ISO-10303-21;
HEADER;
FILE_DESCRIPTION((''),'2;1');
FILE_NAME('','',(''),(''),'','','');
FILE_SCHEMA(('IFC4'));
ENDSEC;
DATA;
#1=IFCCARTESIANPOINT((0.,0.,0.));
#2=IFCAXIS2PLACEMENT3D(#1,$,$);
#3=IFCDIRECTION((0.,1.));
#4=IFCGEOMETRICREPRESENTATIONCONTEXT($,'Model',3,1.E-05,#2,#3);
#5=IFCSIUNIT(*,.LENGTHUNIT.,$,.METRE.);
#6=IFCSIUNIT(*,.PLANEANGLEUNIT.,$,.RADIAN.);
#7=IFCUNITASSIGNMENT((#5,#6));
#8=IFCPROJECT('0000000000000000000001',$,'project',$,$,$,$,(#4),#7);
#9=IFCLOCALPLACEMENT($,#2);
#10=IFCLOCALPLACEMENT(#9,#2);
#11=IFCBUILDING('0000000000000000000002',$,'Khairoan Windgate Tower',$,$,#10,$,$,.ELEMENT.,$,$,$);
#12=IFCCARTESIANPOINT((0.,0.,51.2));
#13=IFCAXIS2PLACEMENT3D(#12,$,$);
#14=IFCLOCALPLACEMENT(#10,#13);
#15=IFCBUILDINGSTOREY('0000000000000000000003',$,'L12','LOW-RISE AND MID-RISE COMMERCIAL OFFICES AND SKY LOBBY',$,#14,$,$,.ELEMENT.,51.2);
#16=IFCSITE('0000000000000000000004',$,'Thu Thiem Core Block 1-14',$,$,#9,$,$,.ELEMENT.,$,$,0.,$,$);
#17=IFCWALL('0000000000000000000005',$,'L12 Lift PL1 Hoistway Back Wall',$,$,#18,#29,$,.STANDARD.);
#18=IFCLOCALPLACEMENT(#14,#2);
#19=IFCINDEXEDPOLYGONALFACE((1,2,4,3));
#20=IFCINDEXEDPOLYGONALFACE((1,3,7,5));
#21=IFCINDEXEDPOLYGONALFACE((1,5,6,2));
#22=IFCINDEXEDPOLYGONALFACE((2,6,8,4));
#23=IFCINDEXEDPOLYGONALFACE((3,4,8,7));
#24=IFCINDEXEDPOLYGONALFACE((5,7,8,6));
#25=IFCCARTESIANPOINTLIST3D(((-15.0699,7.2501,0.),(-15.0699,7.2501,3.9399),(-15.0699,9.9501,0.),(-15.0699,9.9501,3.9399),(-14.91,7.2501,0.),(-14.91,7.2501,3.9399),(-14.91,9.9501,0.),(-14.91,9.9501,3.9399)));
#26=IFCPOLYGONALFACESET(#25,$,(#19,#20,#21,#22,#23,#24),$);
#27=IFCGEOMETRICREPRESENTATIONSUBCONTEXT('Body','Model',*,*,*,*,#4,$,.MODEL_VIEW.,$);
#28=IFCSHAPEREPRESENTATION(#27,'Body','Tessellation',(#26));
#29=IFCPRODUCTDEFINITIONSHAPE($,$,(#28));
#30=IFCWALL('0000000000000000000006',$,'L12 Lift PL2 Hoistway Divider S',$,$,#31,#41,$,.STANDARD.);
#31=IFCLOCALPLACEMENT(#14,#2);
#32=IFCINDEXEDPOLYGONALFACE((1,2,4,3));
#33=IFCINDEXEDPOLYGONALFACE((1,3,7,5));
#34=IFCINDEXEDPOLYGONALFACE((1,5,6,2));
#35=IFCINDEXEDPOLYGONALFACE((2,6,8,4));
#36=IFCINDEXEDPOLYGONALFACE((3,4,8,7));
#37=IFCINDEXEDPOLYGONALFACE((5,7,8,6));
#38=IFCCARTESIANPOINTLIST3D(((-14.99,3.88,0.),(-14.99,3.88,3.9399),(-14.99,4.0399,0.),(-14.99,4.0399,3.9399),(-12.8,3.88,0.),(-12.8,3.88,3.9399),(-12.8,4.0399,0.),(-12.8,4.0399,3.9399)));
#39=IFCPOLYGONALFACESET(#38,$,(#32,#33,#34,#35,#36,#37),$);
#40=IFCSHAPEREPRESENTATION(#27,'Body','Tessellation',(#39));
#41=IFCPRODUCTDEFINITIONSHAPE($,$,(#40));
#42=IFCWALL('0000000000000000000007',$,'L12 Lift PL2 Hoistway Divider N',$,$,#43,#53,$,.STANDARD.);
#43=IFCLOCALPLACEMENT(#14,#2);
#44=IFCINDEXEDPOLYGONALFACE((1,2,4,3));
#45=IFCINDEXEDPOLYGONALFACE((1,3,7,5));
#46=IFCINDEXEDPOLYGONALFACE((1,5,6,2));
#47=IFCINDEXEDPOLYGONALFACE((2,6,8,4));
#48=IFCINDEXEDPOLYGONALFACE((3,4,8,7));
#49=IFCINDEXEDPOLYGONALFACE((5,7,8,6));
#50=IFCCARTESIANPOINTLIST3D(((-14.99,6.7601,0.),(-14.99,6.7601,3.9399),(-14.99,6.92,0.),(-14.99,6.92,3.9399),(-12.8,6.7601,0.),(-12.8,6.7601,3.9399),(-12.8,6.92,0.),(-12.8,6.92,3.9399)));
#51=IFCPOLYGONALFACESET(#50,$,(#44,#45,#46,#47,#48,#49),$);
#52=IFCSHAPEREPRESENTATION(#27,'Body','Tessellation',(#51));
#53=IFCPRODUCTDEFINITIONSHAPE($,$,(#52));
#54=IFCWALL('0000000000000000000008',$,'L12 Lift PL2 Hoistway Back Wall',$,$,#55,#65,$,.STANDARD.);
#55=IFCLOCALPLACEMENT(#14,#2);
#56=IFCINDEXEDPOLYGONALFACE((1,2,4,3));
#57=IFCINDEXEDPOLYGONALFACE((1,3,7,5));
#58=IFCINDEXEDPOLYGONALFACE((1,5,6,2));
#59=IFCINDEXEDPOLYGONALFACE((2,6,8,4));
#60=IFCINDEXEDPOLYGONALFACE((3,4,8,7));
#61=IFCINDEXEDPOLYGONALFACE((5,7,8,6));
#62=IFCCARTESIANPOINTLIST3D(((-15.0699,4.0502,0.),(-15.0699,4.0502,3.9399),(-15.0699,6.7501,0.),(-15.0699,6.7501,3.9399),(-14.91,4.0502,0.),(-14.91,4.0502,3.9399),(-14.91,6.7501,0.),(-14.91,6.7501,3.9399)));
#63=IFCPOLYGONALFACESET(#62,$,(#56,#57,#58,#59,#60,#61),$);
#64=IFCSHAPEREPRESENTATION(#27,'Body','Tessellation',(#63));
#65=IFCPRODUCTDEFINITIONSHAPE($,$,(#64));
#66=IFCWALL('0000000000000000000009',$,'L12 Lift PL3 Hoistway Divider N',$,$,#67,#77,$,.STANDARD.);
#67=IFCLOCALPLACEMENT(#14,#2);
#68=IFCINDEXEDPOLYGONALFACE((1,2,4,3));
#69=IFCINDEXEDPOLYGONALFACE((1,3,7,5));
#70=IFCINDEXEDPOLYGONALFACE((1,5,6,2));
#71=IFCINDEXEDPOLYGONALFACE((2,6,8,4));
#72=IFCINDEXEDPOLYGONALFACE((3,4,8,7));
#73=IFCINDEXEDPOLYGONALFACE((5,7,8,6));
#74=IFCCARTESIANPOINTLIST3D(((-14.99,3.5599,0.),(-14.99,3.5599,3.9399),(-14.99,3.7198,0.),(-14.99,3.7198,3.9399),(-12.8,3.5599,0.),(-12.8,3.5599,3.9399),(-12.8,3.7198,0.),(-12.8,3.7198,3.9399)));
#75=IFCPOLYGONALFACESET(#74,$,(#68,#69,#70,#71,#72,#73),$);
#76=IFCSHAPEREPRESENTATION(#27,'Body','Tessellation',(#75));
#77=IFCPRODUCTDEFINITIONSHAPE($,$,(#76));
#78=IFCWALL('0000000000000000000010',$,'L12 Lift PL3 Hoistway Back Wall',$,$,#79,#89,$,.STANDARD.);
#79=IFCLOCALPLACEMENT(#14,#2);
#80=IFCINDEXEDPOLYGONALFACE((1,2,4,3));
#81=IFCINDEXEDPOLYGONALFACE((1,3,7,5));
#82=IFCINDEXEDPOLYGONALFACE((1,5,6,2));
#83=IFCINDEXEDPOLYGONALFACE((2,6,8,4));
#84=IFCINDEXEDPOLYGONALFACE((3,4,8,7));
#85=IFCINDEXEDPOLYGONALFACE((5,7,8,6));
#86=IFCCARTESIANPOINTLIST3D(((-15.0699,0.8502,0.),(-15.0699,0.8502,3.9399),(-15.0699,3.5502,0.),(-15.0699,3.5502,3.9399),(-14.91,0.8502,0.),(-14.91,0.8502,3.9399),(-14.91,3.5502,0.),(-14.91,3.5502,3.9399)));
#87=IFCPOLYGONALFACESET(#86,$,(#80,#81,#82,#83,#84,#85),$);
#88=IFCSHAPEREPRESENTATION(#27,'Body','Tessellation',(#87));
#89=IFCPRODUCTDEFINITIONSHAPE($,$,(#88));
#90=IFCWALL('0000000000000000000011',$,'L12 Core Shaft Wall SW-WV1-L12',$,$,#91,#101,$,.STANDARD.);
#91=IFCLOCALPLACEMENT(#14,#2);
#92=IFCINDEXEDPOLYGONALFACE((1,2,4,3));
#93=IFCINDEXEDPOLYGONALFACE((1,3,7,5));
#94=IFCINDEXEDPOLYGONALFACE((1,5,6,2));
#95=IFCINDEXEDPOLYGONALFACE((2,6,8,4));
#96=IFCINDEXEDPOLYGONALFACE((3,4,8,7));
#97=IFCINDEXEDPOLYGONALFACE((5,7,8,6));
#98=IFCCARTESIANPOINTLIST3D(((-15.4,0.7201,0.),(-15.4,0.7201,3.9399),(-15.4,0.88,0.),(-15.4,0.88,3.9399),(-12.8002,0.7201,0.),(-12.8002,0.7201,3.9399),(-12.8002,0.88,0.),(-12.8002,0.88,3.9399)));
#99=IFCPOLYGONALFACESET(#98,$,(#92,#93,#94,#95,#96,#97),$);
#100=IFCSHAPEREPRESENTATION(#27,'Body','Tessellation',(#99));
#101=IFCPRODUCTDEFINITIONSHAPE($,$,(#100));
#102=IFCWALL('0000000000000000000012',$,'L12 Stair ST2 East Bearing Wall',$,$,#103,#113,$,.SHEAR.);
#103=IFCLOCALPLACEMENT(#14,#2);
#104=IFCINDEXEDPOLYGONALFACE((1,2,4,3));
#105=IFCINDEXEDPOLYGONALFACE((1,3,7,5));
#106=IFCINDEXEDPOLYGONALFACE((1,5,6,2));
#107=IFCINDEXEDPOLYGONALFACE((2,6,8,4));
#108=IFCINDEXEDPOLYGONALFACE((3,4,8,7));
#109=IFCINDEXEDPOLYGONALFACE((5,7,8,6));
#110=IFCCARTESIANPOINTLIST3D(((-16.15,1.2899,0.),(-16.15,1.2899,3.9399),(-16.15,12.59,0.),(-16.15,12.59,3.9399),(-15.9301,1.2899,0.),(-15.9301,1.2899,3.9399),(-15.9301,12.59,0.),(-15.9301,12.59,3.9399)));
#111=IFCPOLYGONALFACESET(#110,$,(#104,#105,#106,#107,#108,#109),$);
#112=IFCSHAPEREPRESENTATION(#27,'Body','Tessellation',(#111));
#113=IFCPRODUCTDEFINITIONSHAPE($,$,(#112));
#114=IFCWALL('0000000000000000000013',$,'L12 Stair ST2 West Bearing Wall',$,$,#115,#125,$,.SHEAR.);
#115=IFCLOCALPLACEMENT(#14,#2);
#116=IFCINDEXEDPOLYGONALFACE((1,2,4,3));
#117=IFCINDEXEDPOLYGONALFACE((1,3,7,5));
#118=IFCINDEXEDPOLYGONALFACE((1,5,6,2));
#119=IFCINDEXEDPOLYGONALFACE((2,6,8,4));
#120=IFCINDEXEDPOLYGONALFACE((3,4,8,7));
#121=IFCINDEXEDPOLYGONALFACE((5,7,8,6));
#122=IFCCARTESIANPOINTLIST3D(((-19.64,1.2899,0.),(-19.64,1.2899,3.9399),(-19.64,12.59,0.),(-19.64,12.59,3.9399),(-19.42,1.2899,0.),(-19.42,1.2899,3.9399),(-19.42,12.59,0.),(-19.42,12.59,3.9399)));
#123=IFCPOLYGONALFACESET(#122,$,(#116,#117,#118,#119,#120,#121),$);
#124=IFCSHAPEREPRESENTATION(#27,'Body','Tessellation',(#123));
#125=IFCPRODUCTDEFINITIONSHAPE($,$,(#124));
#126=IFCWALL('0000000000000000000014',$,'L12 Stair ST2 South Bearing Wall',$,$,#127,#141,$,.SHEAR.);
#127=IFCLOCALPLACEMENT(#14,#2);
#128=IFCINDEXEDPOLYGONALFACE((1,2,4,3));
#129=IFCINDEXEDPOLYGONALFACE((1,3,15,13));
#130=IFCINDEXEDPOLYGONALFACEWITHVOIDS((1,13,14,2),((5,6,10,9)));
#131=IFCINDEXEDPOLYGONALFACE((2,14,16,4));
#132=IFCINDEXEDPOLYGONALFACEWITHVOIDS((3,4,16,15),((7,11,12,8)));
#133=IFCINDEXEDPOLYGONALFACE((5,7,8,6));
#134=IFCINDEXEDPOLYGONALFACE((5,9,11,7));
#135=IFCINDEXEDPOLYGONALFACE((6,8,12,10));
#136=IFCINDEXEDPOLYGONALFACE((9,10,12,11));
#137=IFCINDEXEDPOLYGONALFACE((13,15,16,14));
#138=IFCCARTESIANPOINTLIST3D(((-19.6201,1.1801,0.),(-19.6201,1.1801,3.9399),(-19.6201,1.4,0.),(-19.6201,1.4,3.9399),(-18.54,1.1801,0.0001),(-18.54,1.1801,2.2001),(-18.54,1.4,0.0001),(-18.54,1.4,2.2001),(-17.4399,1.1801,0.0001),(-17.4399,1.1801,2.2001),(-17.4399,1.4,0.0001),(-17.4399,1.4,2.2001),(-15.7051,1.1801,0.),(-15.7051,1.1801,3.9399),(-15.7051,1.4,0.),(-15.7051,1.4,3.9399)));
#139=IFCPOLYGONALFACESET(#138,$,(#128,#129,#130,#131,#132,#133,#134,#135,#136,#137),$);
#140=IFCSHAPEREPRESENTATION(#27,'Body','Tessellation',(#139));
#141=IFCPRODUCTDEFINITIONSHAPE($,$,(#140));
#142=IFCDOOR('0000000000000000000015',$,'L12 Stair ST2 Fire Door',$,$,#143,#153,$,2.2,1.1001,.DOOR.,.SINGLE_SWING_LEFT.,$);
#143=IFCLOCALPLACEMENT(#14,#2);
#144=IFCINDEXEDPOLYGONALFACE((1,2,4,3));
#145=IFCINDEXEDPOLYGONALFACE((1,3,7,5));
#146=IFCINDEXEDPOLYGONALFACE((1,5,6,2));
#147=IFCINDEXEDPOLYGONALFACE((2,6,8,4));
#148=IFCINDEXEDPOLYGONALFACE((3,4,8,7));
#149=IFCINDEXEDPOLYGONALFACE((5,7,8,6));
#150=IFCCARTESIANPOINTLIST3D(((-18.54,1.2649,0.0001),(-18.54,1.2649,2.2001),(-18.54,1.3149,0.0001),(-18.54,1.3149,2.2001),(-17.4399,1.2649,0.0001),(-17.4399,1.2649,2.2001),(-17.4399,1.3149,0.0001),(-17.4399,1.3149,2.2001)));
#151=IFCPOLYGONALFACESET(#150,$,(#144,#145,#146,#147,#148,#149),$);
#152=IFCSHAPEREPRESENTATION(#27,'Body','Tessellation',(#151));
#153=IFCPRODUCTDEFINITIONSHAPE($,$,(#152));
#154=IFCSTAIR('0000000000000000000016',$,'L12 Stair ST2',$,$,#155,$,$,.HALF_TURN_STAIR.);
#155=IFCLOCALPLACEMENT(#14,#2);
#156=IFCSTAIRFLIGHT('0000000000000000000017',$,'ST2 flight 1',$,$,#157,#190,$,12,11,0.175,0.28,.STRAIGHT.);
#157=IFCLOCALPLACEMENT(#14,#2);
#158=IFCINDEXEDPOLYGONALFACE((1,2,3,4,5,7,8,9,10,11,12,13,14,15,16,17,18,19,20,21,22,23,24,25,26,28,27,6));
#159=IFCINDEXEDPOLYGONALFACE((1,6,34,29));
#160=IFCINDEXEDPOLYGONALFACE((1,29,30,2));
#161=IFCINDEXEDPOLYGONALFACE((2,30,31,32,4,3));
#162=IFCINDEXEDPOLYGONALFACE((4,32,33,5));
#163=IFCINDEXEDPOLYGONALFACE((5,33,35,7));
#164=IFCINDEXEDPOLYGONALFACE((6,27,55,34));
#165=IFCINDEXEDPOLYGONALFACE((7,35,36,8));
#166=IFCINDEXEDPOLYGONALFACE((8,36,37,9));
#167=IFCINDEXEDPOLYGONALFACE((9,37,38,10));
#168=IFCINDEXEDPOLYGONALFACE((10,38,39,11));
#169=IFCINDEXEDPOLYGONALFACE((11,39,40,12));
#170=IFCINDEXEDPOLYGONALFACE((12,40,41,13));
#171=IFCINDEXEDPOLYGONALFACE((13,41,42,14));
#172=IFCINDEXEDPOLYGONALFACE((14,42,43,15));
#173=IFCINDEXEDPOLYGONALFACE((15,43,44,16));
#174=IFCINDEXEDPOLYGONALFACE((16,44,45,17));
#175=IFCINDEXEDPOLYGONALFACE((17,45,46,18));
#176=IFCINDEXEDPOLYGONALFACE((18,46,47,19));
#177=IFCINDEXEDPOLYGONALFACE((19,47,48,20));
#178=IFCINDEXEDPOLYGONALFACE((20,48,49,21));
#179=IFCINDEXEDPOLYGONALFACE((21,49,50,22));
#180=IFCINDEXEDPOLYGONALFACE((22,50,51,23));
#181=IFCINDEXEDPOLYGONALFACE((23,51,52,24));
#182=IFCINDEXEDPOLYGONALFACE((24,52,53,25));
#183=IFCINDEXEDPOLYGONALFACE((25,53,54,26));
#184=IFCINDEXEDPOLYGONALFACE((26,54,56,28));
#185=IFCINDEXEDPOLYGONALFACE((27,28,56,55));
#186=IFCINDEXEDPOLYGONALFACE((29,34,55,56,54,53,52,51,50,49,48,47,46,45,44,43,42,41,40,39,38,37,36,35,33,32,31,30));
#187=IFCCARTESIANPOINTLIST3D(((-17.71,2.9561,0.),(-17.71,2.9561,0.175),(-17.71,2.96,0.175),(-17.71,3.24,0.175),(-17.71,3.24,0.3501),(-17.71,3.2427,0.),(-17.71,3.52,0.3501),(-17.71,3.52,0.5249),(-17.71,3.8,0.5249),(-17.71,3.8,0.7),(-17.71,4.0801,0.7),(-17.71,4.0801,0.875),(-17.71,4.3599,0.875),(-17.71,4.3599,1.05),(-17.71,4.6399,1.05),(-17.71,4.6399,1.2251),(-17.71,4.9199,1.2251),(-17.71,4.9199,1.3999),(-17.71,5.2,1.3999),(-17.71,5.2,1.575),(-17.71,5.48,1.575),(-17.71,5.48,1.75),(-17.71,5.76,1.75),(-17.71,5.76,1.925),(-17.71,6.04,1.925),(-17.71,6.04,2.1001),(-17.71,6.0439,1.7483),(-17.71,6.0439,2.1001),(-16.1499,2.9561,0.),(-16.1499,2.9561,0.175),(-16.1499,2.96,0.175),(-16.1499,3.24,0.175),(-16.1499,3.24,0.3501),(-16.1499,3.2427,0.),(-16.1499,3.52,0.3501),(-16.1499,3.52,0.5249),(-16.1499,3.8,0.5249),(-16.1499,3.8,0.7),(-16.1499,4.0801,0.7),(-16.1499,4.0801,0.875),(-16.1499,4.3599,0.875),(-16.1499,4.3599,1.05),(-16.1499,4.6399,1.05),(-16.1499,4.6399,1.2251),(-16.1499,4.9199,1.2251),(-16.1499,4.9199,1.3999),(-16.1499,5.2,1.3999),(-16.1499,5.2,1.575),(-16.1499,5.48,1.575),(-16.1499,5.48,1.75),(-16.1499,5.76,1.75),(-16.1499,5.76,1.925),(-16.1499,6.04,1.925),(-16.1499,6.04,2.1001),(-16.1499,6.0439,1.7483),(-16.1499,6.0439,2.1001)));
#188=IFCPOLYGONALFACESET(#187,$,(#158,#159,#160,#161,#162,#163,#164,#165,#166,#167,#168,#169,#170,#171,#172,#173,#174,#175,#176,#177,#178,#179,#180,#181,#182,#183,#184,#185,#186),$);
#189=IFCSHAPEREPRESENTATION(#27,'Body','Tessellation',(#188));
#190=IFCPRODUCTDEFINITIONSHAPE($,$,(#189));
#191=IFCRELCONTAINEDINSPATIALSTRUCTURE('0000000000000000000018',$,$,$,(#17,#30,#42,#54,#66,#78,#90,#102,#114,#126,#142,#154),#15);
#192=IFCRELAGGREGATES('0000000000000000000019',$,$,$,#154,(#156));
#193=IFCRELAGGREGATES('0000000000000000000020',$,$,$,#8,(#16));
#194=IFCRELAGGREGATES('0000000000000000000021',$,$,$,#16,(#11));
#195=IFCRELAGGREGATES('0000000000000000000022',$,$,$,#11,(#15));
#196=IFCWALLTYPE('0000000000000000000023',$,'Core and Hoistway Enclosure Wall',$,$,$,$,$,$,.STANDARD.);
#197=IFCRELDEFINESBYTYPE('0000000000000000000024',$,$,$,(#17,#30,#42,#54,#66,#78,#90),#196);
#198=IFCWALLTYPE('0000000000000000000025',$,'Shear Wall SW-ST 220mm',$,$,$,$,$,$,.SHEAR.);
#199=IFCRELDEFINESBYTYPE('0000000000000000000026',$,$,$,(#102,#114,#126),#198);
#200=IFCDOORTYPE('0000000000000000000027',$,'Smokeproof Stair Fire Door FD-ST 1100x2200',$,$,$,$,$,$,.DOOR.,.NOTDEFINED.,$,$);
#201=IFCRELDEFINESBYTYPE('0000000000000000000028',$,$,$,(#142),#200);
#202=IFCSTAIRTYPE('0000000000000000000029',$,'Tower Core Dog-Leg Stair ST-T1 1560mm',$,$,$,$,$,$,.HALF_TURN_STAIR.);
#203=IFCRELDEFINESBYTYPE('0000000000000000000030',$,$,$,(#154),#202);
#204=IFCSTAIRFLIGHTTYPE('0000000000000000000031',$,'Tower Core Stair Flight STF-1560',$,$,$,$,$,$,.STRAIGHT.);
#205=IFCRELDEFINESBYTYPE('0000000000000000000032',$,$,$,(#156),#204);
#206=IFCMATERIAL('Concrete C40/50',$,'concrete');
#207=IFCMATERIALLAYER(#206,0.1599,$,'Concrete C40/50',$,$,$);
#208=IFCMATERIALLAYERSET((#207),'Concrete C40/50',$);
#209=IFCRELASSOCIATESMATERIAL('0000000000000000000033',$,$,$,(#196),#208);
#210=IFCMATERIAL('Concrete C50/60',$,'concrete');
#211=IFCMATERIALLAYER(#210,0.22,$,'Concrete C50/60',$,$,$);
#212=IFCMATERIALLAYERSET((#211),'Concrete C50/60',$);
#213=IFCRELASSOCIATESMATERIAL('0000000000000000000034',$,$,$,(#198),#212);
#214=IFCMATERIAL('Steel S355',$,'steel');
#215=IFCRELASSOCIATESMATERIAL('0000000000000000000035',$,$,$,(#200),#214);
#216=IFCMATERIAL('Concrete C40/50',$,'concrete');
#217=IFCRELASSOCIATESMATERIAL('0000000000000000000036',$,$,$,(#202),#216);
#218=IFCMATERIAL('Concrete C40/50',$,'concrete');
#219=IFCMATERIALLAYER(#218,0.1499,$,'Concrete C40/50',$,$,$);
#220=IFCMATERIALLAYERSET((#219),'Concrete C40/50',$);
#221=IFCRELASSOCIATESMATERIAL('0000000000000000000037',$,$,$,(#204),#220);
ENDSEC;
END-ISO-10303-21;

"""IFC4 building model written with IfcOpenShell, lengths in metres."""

from ifc_helpers import new_model, si_unit, direction, frame, frame_2d, origin, place, context, subcontext, project, spatial, polyline, rectangle, outline, extrude, material, layer, layer_set, type_object, element, fill, aggregate, save


model = new_model("IFC4")

# Units and contexts
model_context = context("Model", 3, precision=1e-05, world=origin(), true_north=direction((0.0, 1.0)))
body_context = subcontext(model_context, "Body", "Model", "MODEL_VIEW")
ifc_project = project(units=[si_unit("LENGTHUNIT", "METRE"), si_unit("PLANEANGLEUNIT", "RADIAN")], contexts=[model_context])

# Site, building, storey
site_placement = place(None, origin())
site = spatial("IfcSite", under=ifc_project, at=site_placement, Name="Thu Thiem Core Block 1-14", CompositionType="ELEMENT", RefElevation=0.0)
building_placement = place(site_placement, origin())
building = spatial("IfcBuilding", under=site, at=building_placement, Name="Khairoan Windgate Tower", CompositionType="ELEMENT")
storey_placement = place(building_placement, frame((0.0, 0.0, 51.2)))
storey = spatial("IfcBuildingStorey", under=building, at=storey_placement, Name="L12", Description="LOW-RISE AND MID-RISE COMMERCIAL OFFICES AND SKY LOBBY", CompositionType="ELEMENT", Elevation=51.2)

# Walls
ifc_material_1 = material(Name="Concrete C40/50", Category="concrete")
ifc_layer_1 = layer(ifc_material_1, 0.1599, Name="Concrete C40/50")
ifc_layer_set_1 = layer_set([ifc_layer_1], Name="Concrete C40/50")
wall_type_1 = type_object("IfcWallType", Name="Core and Hoistway Enclosure Wall", PredefinedType="STANDARD", material=ifc_layer_set_1)
wall_1_placement = place(storey_placement, frame((-14.99, 7.25, 0.0), z_axis=(0.0, 0.0, 1.0), x_axis=(0.0, 1.0, 0.0)))
element("IfcWall", 1, at=wall_1_placement, inside=storey, type_object=wall_type_1, Name="L12 Lift PL1 Hoistway Back Wall", PredefinedType="STANDARD", context=body_context, shape_type="SweptSolid", body=[
    extrude(rectangle(XDim=2.7, YDim=0.1599, at=frame_2d((1.3501, 0.0))), origin(), (0.0, 0.0, 1.0), 3.9399),
])
for number, where, z_axis, x_axis, name in (
    (2, (-14.99, 3.96, 0.0), (0.0, 0.0, 1.0), (1.0, 0.0, 0.0), "L12 Lift PL2 Hoistway Divider S"),
    (3, (-14.99, 6.8401, 0.0), (0.0, 0.0, 1.0), (1.0, 0.0, 0.0), "L12 Lift PL2 Hoistway Divider N"),
):
    element("IfcWall", number, at=place(storey_placement, frame(where, z_axis=z_axis, x_axis=x_axis)), inside=storey, type_object=wall_type_1, Name=name, PredefinedType="STANDARD", context=body_context, shape_type="SweptSolid", body=[
        extrude(rectangle(XDim=2.1899, YDim=0.1599, at=frame_2d((1.095, 0.0))), origin(), (0.0, 0.0, 1.0), 3.9399),
    ])
wall_2_placement = place(storey_placement, frame((-14.99, 4.05, 0.0), z_axis=(0.0, 0.0, 1.0), x_axis=(0.0, 1.0, 0.0)))
element("IfcWall", 4, at=wall_2_placement, inside=storey, type_object=wall_type_1, Name="L12 Lift PL2 Hoistway Back Wall", PredefinedType="STANDARD", context=body_context, shape_type="SweptSolid", body=[
    extrude(rectangle(XDim=2.7, YDim=0.1599, at=frame_2d((1.3501, 0.0))), origin(), (0.0, 0.0, 1.0), 3.9399),
])
wall_3_placement = place(storey_placement, frame((-14.99, 3.6399, 0.0), z_axis=(0.0, 0.0, 1.0), x_axis=(1.0, 0.0, 0.0)))
element("IfcWall", 5, at=wall_3_placement, inside=storey, type_object=wall_type_1, Name="L12 Lift PL3 Hoistway Divider N", PredefinedType="STANDARD", context=body_context, shape_type="SweptSolid", body=[
    extrude(rectangle(XDim=2.1899, YDim=0.1599, at=frame_2d((1.095, 0.0))), origin(), (0.0, 0.0, 1.0), 3.9399),
])
wall_4_placement = place(storey_placement, frame((-14.99, 0.8501, 0.0), z_axis=(0.0, 0.0, 1.0), x_axis=(0.0, 1.0, 0.0)))
element("IfcWall", 6, at=wall_4_placement, inside=storey, type_object=wall_type_1, Name="L12 Lift PL3 Hoistway Back Wall", PredefinedType="STANDARD", context=body_context, shape_type="SweptSolid", body=[
    extrude(rectangle(XDim=2.7, YDim=0.1599, at=frame_2d((1.3501, 0.0))), origin(), (0.0, 0.0, 1.0), 3.9399),
])
wall_5_placement = place(storey_placement, frame((-15.3999, 0.8, 0.0), z_axis=(0.0, 0.0, 1.0), x_axis=(1.0, 0.0, 0.0)))
element("IfcWall", 7, at=wall_5_placement, inside=storey, type_object=wall_type_1, Name="L12 Core Shaft Wall SW-WV1-L12", PredefinedType="STANDARD", context=body_context, shape_type="SweptSolid", body=[
    extrude(rectangle(XDim=2.5999, YDim=0.1599, at=frame_2d((1.2998, 0.0))), origin(), (0.0, 0.0, 1.0), 3.9399),
])
ifc_material_2 = material(Name="Concrete C50/60", Category="concrete")
ifc_layer_2 = layer(ifc_material_2, 0.22, Name="Concrete C50/60")
ifc_layer_set_2 = layer_set([ifc_layer_2], Name="Concrete C50/60")
wall_type_2 = type_object("IfcWallType", Name="Shear Wall SW-ST 220mm", PredefinedType="SHEAR", material=ifc_layer_set_2)
for number, where, z_axis, x_axis, name in (
    (8, (-16.04, 1.29, 0.0), (0.0, 0.0, 1.0), (0.0, 1.0, 0.0), "L12 Stair ST2 East Bearing Wall"),
    (9, (-19.53, 1.29, 0.0), (0.0, 0.0, 1.0), (0.0, 1.0, 0.0), "L12 Stair ST2 West Bearing Wall"),
):
    element("IfcWall", number, at=place(storey_placement, frame(where, z_axis=z_axis, x_axis=x_axis)), inside=storey, type_object=wall_type_2, Name=name, PredefinedType="SHEAR", context=body_context, shape_type="SweptSolid", body=[
        extrude(rectangle(XDim=11.3, YDim=0.22, at=frame_2d((5.6499, 0.0))), origin(), (0.0, 0.0, 1.0), 3.9399),
    ])

# Wall, opening, door
wall_6_placement = place(storey_placement, frame((-19.6201, 1.29, 0.0), z_axis=(0.0, 0.0, 1.0), x_axis=(1.0, 0.0, 0.0)))
wall_6 = element("IfcWall", 10, at=wall_6_placement, inside=storey, type_object=wall_type_2, Name="L12 Stair ST2 South Bearing Wall", PredefinedType="SHEAR", context=body_context, shape_type="SweptSolid", body=[
    extrude(rectangle(XDim=3.915, YDim=0.22, at=frame_2d((1.9575, 0.0))), origin(), (0.0, 0.0, 1.0), 3.9399),
])
opening_placement = place(wall_6_placement, frame((1.0801, 0.0, 0.0)))
opening = element("IfcOpeningElement", 11, at=opening_placement, cuts=wall_6, PredefinedType="OPENING", context=body_context, shape_type="SweptSolid", body=[
    extrude(rectangle(XDim=1.1001, YDim=2.2, at=frame_2d((0.55, 1.1001))), frame((0.0, 0.1199, 0.0), z_axis=(0.0, -1.0, 0.0), x_axis=(1.0, 0.0, 0.0)), (0.0, 0.0, 1.0), 0.24),
])
ifc_material_3 = material(Name="Steel S355", Category="steel")
door_type = type_object("IfcDoorType", Name="Smokeproof Stair Fire Door FD-ST 1100x2200", OperationType="NOTDEFINED", PredefinedType="DOOR", material=ifc_material_3)
door_placement = place(opening_placement, origin())
door = element("IfcDoor", 12, at=door_placement, inside=storey, type_object=door_type, Name="L12 Stair ST2 Fire Door", OperationType="SINGLE_SWING_LEFT", OverallHeight=2.2, OverallWidth=1.1001, PredefinedType="DOOR", context=body_context, shape_type="SweptSolid", body=[
    extrude(rectangle(XDim=1.1001, YDim=2.2, at=frame_2d((0.55, 1.1001))), frame((0.0, 0.0249, 0.0), z_axis=(0.0, -1.0, 0.0), x_axis=(1.0, 0.0, 0.0)), (0.0, 0.0, 1.0), 0.05),
])
fill(opening, door)

# Stair, stair flight
ifc_material_4 = material(Name="Concrete C40/50", Category="concrete")
stair_type = type_object("IfcStairType", Name="Tower Core Dog-Leg Stair ST-T1 1560mm", PredefinedType="HALF_TURN_STAIR", material=ifc_material_4)
stair_placement = place(storey_placement, origin())
stair = element("IfcStair", 13, at=stair_placement, inside=storey, type_object=stair_type, Name="L12 Stair ST2", PredefinedType="HALF_TURN_STAIR")
ifc_material_5 = material(Name="Concrete C40/50", Category="concrete")
ifc_layer_3 = layer(ifc_material_5, 0.1499, Name="Concrete C40/50")
ifc_layer_set_3 = layer_set([ifc_layer_3], Name="Concrete C40/50")
stair_flight_type = type_object("IfcStairFlightType", Name="Tower Core Stair Flight STF-1560", PredefinedType="STRAIGHT", material=ifc_layer_set_3)
stair_flight_1_placement = place(storey_placement, frame((-16.9299, 2.96, 0.0), z_axis=(0.0, 0.0, 1.0), x_axis=(0.0, 1.0, 0.0)))
stair_flight_1 = element("IfcStairFlight", 14, at=stair_flight_1_placement, type_object=stair_flight_type, Name="ST2 flight 1", NumberOfRisers=12, NumberOfTreads=11, PredefinedType="STRAIGHT", RiserHeight=0.175, TreadLength=0.28, context=body_context, shape_type="SweptSolid", body=[
    extrude(outline(polyline([(-0.0039, 0.0), (-0.0039, 0.175), (0.0, 0.175), (0.28, 0.175), (0.28, 0.3501), (0.5601, 0.3501), (0.5601, 0.5249), (0.8401, 0.5249), (0.8401, 0.7), (1.1201, 0.7), (1.1201, 0.875), (1.3999, 0.875), (1.3999, 1.05), (1.6799, 1.05), (1.6799, 1.2251), (1.96, 1.2251), (1.96, 1.3999), (2.24, 1.3999), (2.24, 1.575), (2.52, 1.575), (2.52, 1.75), (2.8, 1.75), (2.8, 1.925), (3.0801, 1.925), (3.0801, 2.1001), (3.084, 2.1001), (3.084, 1.7483), (0.2827, 0.0), (-0.0039, 0.0)])), frame((0.0, 0.78, 0.0), z_axis=(0.0, -1.0, 0.0), x_axis=(1.0, 0.0, 0.0)), (0.0, 0.0, 1.0), 1.5601),
])
aggregate(stair, [stair_flight_1])

save(model, "model.ifc")
